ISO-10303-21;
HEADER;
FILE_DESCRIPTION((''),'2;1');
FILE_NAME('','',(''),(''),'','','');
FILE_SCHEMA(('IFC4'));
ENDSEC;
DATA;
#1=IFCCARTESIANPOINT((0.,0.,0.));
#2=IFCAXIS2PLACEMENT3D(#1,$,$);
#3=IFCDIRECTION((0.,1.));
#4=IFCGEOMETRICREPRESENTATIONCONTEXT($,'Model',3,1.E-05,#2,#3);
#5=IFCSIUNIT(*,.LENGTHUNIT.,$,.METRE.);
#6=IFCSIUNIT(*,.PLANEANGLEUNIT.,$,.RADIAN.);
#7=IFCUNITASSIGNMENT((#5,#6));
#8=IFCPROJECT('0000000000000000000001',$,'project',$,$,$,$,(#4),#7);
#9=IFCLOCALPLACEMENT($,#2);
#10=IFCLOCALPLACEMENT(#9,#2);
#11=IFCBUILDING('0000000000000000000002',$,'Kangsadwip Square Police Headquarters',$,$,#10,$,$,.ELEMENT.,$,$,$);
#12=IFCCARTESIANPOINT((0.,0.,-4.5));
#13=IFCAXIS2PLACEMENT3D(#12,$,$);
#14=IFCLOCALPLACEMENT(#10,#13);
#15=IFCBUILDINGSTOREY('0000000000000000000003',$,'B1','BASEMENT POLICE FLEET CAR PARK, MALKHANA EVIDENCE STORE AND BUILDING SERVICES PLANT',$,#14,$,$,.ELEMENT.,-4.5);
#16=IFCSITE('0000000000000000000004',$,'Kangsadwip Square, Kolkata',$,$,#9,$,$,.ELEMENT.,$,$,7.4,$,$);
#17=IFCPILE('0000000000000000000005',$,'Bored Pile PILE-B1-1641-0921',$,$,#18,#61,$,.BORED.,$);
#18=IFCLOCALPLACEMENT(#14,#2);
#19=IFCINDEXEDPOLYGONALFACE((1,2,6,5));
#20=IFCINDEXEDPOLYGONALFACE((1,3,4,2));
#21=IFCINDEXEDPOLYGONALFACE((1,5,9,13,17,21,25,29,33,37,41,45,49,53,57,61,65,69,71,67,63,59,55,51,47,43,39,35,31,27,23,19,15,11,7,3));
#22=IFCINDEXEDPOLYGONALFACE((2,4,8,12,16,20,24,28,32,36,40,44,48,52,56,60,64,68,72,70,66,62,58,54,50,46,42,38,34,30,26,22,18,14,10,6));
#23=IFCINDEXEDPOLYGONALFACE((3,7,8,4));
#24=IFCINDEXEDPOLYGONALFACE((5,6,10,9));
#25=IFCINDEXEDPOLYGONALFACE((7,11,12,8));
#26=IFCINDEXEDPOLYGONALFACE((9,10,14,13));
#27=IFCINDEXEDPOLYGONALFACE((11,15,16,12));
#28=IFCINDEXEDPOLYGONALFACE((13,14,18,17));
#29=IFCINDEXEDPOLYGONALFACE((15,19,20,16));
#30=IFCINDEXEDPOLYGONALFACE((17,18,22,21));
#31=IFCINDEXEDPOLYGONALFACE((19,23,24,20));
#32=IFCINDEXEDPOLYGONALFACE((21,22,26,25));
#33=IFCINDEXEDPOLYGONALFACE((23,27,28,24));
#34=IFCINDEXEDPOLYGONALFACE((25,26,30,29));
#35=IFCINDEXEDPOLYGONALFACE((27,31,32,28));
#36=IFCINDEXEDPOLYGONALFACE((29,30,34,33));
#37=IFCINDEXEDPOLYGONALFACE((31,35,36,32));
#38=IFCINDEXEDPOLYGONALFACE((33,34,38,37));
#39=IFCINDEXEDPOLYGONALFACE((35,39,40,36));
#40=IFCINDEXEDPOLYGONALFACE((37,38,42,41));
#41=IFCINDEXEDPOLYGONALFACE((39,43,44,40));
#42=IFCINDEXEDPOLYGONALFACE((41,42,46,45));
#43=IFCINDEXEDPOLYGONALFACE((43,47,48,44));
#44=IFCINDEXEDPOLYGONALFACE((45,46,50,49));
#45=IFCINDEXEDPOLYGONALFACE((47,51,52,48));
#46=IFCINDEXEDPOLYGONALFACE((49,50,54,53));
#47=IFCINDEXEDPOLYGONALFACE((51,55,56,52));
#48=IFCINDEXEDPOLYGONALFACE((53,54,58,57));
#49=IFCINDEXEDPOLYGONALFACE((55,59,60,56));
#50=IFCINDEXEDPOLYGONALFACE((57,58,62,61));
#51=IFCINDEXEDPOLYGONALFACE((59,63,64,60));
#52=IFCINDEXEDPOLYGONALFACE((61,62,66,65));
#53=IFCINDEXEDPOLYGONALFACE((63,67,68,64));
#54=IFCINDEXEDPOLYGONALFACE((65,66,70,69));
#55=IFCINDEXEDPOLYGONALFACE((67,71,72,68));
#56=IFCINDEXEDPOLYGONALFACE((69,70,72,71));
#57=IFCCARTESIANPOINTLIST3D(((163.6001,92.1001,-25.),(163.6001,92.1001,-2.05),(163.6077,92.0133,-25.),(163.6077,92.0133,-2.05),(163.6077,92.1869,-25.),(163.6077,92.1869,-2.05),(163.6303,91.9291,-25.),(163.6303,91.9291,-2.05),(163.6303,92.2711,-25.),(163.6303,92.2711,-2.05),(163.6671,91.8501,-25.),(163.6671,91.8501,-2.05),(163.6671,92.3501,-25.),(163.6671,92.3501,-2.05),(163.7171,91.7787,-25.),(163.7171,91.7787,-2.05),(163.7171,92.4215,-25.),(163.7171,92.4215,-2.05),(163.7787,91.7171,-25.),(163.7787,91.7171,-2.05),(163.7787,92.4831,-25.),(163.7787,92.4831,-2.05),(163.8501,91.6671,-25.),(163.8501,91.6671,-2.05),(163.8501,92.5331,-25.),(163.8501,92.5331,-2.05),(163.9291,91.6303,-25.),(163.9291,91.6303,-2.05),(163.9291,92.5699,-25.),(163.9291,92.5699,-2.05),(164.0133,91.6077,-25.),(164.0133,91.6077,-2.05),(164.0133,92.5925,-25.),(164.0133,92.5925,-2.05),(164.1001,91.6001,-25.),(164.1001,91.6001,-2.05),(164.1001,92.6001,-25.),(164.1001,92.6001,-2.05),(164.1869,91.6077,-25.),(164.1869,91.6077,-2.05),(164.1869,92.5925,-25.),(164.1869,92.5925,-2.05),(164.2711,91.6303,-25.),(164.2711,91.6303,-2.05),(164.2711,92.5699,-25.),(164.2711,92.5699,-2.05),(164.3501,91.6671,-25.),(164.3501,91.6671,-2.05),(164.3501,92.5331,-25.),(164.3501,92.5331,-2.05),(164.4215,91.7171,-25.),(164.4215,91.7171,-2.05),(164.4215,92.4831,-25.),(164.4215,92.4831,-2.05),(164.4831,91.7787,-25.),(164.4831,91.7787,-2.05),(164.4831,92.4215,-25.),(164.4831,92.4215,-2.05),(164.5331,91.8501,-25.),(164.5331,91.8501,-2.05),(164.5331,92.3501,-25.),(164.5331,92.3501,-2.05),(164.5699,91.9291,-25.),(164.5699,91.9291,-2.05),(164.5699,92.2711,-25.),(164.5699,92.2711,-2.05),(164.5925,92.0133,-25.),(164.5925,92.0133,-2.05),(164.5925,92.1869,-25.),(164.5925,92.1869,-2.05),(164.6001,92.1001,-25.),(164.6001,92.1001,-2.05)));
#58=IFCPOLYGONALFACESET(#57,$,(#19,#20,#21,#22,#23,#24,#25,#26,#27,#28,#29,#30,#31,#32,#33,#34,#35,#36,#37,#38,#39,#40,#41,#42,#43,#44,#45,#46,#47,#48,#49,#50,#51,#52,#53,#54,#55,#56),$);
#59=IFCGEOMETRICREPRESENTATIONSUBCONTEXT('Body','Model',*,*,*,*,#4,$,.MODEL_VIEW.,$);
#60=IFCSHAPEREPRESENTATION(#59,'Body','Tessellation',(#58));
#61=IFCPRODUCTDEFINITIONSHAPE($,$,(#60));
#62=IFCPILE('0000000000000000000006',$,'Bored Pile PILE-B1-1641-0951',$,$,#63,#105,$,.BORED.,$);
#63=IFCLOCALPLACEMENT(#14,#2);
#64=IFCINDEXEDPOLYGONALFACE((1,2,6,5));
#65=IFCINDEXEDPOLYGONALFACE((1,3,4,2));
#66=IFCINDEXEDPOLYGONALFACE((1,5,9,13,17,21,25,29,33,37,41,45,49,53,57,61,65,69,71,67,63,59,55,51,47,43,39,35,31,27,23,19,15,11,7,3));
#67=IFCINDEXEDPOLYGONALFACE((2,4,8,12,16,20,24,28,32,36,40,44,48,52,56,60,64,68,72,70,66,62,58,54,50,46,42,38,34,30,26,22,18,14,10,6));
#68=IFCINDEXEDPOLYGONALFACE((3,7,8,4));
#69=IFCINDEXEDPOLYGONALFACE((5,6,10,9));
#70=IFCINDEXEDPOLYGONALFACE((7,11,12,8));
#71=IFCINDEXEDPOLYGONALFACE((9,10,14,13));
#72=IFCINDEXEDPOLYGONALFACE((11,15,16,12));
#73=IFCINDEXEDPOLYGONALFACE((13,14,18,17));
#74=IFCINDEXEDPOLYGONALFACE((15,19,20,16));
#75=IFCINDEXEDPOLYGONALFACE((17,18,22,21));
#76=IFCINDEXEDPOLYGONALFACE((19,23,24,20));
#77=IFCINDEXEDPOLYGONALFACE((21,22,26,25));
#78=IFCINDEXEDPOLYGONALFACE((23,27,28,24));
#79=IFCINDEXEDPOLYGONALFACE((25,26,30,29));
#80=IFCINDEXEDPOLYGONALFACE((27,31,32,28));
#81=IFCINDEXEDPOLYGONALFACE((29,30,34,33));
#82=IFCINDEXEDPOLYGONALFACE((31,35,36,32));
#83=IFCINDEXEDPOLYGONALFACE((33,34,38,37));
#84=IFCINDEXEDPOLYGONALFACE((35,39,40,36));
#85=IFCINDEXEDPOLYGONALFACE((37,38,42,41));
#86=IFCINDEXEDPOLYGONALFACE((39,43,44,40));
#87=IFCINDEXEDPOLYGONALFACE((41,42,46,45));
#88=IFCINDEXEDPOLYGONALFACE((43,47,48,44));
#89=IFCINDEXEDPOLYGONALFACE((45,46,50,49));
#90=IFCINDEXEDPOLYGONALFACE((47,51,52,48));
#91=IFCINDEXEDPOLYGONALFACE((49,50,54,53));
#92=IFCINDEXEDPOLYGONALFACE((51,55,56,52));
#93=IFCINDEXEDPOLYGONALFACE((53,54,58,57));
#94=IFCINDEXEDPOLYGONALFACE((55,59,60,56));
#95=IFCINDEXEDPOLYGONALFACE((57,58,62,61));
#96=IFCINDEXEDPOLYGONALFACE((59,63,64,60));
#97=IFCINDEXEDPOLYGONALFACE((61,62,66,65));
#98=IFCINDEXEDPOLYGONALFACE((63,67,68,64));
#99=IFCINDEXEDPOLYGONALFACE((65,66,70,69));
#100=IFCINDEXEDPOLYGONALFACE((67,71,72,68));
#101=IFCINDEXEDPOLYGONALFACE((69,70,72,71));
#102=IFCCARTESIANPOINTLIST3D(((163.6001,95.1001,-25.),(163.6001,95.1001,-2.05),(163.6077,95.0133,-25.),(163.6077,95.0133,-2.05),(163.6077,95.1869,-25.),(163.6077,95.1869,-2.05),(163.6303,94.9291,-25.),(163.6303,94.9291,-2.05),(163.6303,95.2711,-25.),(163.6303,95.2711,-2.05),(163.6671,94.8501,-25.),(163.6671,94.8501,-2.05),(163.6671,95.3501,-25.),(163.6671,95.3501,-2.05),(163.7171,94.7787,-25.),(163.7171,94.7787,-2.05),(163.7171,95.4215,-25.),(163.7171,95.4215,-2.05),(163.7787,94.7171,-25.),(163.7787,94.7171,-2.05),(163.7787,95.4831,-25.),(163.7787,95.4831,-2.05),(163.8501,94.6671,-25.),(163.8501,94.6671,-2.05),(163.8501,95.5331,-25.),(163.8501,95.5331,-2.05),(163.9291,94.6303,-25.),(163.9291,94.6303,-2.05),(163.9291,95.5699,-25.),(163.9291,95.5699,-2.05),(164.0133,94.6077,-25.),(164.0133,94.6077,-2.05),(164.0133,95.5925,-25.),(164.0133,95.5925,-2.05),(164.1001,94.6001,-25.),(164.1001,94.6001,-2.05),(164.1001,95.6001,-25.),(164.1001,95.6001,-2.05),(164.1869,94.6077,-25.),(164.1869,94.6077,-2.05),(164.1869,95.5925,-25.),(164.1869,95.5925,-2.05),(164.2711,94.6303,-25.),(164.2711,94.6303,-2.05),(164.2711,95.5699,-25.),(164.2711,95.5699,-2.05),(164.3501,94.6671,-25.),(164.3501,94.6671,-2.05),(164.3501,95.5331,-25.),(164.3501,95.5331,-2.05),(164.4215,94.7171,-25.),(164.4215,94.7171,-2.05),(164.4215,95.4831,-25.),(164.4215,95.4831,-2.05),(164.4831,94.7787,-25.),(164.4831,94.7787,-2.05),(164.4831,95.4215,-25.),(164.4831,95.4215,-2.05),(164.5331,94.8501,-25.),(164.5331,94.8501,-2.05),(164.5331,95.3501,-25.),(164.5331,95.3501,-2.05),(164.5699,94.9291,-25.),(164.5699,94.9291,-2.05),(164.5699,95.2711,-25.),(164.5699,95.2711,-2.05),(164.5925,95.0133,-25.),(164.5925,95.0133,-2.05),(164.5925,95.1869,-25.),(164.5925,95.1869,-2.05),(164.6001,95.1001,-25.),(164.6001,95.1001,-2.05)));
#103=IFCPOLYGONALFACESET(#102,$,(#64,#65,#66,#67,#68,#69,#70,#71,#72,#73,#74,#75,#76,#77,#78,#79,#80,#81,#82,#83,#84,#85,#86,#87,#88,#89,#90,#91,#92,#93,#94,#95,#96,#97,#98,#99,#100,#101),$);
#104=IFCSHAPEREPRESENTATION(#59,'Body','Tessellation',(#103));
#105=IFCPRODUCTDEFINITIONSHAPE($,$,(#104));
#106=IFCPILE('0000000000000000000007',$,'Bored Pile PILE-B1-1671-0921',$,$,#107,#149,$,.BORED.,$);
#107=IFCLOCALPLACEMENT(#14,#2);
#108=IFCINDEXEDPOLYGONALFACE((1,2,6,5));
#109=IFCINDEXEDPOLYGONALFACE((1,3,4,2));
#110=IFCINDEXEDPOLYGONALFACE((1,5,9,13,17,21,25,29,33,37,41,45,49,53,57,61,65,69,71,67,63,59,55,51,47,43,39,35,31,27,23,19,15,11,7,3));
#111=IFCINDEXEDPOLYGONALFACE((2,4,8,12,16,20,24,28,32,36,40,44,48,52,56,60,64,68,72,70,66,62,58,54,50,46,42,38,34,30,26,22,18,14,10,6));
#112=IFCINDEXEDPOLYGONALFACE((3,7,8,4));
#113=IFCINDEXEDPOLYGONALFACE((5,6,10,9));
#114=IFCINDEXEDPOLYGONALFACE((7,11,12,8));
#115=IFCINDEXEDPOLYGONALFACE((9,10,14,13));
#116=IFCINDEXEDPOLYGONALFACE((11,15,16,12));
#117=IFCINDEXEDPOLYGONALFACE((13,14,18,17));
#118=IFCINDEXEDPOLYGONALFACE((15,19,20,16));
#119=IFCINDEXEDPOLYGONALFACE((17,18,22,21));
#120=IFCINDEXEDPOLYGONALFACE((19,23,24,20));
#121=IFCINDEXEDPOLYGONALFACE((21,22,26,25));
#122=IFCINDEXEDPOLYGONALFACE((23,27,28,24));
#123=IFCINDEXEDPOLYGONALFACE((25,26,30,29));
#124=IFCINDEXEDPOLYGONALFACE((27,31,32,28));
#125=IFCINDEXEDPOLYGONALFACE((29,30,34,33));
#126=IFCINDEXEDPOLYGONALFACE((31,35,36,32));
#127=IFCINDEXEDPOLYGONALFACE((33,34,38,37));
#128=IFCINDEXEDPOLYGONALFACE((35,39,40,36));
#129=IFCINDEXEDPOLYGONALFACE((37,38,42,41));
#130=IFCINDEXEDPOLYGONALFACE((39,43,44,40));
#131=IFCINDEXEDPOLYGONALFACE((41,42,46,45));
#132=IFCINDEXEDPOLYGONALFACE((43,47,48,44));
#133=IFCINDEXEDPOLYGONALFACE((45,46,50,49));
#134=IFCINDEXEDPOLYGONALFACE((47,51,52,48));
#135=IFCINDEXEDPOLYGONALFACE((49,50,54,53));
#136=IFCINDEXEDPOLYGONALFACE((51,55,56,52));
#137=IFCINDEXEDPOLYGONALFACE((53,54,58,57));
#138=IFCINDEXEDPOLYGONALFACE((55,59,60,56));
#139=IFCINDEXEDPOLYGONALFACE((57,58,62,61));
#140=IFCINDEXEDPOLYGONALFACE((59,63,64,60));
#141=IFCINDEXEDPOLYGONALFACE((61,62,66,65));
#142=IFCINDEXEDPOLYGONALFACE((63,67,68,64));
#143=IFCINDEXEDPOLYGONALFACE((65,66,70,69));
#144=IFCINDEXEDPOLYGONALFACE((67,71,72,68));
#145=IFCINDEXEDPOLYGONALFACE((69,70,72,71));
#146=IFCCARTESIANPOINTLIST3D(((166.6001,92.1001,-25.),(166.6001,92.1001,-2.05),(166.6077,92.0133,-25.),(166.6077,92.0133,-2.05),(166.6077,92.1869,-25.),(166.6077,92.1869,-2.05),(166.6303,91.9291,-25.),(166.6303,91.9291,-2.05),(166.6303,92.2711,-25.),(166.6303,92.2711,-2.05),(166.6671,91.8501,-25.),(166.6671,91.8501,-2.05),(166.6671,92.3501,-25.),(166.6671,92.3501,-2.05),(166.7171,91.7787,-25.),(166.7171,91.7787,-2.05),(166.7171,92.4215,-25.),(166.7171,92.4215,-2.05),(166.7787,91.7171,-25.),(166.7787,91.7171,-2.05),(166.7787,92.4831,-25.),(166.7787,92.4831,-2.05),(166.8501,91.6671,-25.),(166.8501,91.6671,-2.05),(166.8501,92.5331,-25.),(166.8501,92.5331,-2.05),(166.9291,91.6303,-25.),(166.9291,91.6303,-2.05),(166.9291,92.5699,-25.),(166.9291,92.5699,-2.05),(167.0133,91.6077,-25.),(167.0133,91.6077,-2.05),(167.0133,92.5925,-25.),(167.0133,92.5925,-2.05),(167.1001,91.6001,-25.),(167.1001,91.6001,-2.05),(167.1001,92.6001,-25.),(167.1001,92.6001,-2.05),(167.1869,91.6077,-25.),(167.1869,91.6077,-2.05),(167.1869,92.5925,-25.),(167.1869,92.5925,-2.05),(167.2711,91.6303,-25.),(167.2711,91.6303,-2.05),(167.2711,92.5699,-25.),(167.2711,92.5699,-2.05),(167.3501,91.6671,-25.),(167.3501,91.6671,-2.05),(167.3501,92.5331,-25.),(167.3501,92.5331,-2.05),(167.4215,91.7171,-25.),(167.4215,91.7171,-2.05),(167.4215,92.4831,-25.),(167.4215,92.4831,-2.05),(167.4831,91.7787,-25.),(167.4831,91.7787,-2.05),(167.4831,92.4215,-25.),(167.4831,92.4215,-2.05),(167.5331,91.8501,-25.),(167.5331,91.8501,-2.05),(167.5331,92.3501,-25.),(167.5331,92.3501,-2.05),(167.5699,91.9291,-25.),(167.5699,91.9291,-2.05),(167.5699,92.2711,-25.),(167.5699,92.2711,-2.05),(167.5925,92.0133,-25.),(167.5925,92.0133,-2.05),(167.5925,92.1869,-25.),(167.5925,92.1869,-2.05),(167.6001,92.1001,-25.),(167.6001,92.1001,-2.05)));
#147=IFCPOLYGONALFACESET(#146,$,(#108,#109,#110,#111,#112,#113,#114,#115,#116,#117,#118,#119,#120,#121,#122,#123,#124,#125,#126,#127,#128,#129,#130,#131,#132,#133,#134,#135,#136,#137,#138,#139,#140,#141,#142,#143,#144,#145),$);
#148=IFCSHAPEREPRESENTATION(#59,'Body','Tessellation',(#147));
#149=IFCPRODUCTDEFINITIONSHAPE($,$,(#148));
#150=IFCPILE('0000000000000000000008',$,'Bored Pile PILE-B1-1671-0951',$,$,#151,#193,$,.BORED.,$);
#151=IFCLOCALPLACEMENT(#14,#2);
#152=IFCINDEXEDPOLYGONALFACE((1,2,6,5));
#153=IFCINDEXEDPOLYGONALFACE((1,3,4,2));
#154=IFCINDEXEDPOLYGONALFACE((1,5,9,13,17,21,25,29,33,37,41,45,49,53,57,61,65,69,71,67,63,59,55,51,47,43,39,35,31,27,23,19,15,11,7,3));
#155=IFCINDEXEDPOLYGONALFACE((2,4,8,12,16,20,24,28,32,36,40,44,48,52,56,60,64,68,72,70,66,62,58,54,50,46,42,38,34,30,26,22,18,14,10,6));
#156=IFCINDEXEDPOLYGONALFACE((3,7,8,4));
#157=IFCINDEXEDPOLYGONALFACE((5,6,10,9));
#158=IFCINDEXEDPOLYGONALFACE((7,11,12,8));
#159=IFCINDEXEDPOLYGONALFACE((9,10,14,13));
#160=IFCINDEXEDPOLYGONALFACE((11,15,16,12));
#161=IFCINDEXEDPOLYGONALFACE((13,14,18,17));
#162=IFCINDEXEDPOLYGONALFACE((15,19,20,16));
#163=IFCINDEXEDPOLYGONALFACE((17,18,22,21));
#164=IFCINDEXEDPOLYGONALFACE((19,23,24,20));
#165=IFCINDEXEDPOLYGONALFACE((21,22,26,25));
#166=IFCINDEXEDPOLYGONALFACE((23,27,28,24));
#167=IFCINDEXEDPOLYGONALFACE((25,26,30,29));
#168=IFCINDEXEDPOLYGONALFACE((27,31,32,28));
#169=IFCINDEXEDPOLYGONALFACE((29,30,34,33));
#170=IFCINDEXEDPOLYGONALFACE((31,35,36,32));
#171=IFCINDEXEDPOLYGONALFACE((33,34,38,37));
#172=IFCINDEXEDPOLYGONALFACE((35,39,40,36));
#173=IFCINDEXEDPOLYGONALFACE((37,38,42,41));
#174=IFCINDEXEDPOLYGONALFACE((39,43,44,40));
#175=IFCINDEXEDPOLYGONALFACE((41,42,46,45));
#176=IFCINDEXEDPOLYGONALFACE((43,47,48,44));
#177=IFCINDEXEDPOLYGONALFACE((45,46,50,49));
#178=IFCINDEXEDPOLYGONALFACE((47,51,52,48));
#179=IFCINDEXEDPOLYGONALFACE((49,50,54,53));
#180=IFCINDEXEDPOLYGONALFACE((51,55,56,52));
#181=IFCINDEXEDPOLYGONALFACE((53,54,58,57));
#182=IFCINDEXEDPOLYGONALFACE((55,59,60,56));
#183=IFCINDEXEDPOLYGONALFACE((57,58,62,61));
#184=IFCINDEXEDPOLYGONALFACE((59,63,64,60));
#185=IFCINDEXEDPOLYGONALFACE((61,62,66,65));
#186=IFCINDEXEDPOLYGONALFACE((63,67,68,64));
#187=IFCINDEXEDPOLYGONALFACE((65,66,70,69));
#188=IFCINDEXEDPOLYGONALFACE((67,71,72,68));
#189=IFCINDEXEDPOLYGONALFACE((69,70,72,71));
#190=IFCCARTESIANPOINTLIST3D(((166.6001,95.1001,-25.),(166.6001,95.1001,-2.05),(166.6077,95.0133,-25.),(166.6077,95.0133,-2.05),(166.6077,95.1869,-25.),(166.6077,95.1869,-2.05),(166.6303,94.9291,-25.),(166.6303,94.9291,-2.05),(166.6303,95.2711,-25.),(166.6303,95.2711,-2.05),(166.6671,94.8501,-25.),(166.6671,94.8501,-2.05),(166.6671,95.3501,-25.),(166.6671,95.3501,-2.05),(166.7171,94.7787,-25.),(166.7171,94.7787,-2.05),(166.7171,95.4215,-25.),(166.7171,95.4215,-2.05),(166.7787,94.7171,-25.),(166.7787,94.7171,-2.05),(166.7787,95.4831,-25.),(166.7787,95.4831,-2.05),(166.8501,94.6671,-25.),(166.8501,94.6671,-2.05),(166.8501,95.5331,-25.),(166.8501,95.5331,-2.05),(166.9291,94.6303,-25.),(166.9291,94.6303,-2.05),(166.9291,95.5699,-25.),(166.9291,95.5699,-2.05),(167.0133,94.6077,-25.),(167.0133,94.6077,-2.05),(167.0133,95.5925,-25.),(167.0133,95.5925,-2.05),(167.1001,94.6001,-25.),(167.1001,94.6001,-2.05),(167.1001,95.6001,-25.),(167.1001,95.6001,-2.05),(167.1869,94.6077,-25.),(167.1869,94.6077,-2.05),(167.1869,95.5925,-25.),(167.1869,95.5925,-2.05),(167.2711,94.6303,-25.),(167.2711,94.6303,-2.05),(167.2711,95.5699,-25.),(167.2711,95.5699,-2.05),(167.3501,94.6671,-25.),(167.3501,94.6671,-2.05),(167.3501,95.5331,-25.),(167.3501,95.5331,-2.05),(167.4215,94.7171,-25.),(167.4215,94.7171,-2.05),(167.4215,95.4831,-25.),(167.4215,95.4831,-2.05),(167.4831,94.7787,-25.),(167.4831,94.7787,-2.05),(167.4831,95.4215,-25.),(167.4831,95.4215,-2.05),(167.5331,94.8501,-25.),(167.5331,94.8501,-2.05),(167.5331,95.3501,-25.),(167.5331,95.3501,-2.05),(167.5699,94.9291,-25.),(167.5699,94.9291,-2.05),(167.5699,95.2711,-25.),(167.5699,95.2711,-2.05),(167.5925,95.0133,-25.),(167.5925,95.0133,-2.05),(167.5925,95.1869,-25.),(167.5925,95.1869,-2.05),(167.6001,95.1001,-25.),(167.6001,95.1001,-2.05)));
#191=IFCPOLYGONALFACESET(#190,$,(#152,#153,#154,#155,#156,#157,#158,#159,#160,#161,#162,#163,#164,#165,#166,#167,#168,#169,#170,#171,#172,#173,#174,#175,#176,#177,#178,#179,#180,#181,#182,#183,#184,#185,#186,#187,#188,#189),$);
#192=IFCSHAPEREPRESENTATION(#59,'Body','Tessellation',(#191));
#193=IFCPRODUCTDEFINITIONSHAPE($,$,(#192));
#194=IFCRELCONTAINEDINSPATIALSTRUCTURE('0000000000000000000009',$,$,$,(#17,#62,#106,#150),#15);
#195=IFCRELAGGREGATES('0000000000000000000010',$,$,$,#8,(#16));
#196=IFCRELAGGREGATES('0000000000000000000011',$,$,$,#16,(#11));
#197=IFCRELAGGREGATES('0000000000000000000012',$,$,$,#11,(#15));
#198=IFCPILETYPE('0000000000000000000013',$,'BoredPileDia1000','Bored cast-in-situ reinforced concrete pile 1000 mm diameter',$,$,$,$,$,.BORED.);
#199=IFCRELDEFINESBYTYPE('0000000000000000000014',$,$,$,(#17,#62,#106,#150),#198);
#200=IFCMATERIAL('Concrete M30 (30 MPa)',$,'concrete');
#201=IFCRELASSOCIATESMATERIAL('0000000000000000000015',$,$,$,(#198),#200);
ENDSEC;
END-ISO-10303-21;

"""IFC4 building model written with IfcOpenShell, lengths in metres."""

from ifc_helpers import new_model, si_unit, direction, frame, origin, origin_2d, place, context, subcontext, project, spatial, circle, extrude, material, material_profile, profile_set, type_object, element, save


model = new_model("IFC4")

# Units and contexts
model_context = context("Model", 3, precision=1e-05, world=origin(), true_north=direction((0.0, 1.0)))
body_context = subcontext(model_context, "Body", "Model", "MODEL_VIEW")
ifc_project = project(units=[si_unit("LENGTHUNIT", "METRE"), si_unit("PLANEANGLEUNIT", "RADIAN")], contexts=[model_context])

# Site, building, storey
site_placement = place(None, origin())
site = spatial("IfcSite", under=ifc_project, at=site_placement, Name="Kangsadwip Square, Kolkata", CompositionType="ELEMENT", RefElevation=7.4)
building_placement = place(site_placement, origin())
building = spatial("IfcBuilding", under=site, at=building_placement, Name="Kangsadwip Square Police Headquarters", CompositionType="ELEMENT")
storey_placement = place(building_placement, frame((0.0, 0.0, -4.5)))
storey = spatial("IfcBuildingStorey", under=building, at=storey_placement, Name="B1", Description="BASEMENT POLICE FLEET CAR PARK, MALKHANA EVIDENCE STORE AND BUILDING SERVICES PLANT", CompositionType="ELEMENT", Elevation=-4.5)

# Piles
ifc_material_1 = material(Name="Concrete M30 (30 MPa)", Category="concrete")
ifc_material_profile_1 = material_profile(ifc_material_1, circle(Radius=0.5, at=origin_2d()), Name="PILE DIA 1000")
ifc_profile_set_1 = profile_set([ifc_material_profile_1], Name="Concrete M30 (30 MPa)")
pile_type_1 = type_object("IfcPileType", Name="BoredPileDia1000", Description="Bored cast-in-situ reinforced concrete pile 1000 mm diameter", PredefinedType="BORED", material=ifc_profile_set_1)
for number, where, z_axis, x_axis, name in (
    (1, (164.1001, 92.1001, -2.05), (0.0, 0.0, -1.0), (1.0, 0.0, 0.0), "Bored Pile PILE-B1-1641-0921"),
    (2, (164.1001, 95.1001, -2.05), (0.0, 0.0, -1.0), (1.0, 0.0, 0.0), "Bored Pile PILE-B1-1641-0951"),
    (3, (167.1001, 92.1001, -2.05), (0.0, 0.0, -1.0), (1.0, 0.0, 0.0), "Bored Pile PILE-B1-1671-0921"),
    (4, (167.1001, 95.1001, -2.05), (0.0, 0.0, -1.0), (1.0, 0.0, 0.0), "Bored Pile PILE-B1-1671-0951"),
):
    element("IfcPile", number, at=place(storey_placement, frame(where, z_axis=z_axis, x_axis=x_axis)), inside=storey, type_object=pile_type_1, Name=name, PredefinedType="BORED", context=body_context, shape_type="SweptSolid", body=[
        extrude(circle(Radius=0.5, at=origin_2d()), origin(), (0.0, 0.0, 1.0), 22.95),
    ])

save(model, "model.ifc")
